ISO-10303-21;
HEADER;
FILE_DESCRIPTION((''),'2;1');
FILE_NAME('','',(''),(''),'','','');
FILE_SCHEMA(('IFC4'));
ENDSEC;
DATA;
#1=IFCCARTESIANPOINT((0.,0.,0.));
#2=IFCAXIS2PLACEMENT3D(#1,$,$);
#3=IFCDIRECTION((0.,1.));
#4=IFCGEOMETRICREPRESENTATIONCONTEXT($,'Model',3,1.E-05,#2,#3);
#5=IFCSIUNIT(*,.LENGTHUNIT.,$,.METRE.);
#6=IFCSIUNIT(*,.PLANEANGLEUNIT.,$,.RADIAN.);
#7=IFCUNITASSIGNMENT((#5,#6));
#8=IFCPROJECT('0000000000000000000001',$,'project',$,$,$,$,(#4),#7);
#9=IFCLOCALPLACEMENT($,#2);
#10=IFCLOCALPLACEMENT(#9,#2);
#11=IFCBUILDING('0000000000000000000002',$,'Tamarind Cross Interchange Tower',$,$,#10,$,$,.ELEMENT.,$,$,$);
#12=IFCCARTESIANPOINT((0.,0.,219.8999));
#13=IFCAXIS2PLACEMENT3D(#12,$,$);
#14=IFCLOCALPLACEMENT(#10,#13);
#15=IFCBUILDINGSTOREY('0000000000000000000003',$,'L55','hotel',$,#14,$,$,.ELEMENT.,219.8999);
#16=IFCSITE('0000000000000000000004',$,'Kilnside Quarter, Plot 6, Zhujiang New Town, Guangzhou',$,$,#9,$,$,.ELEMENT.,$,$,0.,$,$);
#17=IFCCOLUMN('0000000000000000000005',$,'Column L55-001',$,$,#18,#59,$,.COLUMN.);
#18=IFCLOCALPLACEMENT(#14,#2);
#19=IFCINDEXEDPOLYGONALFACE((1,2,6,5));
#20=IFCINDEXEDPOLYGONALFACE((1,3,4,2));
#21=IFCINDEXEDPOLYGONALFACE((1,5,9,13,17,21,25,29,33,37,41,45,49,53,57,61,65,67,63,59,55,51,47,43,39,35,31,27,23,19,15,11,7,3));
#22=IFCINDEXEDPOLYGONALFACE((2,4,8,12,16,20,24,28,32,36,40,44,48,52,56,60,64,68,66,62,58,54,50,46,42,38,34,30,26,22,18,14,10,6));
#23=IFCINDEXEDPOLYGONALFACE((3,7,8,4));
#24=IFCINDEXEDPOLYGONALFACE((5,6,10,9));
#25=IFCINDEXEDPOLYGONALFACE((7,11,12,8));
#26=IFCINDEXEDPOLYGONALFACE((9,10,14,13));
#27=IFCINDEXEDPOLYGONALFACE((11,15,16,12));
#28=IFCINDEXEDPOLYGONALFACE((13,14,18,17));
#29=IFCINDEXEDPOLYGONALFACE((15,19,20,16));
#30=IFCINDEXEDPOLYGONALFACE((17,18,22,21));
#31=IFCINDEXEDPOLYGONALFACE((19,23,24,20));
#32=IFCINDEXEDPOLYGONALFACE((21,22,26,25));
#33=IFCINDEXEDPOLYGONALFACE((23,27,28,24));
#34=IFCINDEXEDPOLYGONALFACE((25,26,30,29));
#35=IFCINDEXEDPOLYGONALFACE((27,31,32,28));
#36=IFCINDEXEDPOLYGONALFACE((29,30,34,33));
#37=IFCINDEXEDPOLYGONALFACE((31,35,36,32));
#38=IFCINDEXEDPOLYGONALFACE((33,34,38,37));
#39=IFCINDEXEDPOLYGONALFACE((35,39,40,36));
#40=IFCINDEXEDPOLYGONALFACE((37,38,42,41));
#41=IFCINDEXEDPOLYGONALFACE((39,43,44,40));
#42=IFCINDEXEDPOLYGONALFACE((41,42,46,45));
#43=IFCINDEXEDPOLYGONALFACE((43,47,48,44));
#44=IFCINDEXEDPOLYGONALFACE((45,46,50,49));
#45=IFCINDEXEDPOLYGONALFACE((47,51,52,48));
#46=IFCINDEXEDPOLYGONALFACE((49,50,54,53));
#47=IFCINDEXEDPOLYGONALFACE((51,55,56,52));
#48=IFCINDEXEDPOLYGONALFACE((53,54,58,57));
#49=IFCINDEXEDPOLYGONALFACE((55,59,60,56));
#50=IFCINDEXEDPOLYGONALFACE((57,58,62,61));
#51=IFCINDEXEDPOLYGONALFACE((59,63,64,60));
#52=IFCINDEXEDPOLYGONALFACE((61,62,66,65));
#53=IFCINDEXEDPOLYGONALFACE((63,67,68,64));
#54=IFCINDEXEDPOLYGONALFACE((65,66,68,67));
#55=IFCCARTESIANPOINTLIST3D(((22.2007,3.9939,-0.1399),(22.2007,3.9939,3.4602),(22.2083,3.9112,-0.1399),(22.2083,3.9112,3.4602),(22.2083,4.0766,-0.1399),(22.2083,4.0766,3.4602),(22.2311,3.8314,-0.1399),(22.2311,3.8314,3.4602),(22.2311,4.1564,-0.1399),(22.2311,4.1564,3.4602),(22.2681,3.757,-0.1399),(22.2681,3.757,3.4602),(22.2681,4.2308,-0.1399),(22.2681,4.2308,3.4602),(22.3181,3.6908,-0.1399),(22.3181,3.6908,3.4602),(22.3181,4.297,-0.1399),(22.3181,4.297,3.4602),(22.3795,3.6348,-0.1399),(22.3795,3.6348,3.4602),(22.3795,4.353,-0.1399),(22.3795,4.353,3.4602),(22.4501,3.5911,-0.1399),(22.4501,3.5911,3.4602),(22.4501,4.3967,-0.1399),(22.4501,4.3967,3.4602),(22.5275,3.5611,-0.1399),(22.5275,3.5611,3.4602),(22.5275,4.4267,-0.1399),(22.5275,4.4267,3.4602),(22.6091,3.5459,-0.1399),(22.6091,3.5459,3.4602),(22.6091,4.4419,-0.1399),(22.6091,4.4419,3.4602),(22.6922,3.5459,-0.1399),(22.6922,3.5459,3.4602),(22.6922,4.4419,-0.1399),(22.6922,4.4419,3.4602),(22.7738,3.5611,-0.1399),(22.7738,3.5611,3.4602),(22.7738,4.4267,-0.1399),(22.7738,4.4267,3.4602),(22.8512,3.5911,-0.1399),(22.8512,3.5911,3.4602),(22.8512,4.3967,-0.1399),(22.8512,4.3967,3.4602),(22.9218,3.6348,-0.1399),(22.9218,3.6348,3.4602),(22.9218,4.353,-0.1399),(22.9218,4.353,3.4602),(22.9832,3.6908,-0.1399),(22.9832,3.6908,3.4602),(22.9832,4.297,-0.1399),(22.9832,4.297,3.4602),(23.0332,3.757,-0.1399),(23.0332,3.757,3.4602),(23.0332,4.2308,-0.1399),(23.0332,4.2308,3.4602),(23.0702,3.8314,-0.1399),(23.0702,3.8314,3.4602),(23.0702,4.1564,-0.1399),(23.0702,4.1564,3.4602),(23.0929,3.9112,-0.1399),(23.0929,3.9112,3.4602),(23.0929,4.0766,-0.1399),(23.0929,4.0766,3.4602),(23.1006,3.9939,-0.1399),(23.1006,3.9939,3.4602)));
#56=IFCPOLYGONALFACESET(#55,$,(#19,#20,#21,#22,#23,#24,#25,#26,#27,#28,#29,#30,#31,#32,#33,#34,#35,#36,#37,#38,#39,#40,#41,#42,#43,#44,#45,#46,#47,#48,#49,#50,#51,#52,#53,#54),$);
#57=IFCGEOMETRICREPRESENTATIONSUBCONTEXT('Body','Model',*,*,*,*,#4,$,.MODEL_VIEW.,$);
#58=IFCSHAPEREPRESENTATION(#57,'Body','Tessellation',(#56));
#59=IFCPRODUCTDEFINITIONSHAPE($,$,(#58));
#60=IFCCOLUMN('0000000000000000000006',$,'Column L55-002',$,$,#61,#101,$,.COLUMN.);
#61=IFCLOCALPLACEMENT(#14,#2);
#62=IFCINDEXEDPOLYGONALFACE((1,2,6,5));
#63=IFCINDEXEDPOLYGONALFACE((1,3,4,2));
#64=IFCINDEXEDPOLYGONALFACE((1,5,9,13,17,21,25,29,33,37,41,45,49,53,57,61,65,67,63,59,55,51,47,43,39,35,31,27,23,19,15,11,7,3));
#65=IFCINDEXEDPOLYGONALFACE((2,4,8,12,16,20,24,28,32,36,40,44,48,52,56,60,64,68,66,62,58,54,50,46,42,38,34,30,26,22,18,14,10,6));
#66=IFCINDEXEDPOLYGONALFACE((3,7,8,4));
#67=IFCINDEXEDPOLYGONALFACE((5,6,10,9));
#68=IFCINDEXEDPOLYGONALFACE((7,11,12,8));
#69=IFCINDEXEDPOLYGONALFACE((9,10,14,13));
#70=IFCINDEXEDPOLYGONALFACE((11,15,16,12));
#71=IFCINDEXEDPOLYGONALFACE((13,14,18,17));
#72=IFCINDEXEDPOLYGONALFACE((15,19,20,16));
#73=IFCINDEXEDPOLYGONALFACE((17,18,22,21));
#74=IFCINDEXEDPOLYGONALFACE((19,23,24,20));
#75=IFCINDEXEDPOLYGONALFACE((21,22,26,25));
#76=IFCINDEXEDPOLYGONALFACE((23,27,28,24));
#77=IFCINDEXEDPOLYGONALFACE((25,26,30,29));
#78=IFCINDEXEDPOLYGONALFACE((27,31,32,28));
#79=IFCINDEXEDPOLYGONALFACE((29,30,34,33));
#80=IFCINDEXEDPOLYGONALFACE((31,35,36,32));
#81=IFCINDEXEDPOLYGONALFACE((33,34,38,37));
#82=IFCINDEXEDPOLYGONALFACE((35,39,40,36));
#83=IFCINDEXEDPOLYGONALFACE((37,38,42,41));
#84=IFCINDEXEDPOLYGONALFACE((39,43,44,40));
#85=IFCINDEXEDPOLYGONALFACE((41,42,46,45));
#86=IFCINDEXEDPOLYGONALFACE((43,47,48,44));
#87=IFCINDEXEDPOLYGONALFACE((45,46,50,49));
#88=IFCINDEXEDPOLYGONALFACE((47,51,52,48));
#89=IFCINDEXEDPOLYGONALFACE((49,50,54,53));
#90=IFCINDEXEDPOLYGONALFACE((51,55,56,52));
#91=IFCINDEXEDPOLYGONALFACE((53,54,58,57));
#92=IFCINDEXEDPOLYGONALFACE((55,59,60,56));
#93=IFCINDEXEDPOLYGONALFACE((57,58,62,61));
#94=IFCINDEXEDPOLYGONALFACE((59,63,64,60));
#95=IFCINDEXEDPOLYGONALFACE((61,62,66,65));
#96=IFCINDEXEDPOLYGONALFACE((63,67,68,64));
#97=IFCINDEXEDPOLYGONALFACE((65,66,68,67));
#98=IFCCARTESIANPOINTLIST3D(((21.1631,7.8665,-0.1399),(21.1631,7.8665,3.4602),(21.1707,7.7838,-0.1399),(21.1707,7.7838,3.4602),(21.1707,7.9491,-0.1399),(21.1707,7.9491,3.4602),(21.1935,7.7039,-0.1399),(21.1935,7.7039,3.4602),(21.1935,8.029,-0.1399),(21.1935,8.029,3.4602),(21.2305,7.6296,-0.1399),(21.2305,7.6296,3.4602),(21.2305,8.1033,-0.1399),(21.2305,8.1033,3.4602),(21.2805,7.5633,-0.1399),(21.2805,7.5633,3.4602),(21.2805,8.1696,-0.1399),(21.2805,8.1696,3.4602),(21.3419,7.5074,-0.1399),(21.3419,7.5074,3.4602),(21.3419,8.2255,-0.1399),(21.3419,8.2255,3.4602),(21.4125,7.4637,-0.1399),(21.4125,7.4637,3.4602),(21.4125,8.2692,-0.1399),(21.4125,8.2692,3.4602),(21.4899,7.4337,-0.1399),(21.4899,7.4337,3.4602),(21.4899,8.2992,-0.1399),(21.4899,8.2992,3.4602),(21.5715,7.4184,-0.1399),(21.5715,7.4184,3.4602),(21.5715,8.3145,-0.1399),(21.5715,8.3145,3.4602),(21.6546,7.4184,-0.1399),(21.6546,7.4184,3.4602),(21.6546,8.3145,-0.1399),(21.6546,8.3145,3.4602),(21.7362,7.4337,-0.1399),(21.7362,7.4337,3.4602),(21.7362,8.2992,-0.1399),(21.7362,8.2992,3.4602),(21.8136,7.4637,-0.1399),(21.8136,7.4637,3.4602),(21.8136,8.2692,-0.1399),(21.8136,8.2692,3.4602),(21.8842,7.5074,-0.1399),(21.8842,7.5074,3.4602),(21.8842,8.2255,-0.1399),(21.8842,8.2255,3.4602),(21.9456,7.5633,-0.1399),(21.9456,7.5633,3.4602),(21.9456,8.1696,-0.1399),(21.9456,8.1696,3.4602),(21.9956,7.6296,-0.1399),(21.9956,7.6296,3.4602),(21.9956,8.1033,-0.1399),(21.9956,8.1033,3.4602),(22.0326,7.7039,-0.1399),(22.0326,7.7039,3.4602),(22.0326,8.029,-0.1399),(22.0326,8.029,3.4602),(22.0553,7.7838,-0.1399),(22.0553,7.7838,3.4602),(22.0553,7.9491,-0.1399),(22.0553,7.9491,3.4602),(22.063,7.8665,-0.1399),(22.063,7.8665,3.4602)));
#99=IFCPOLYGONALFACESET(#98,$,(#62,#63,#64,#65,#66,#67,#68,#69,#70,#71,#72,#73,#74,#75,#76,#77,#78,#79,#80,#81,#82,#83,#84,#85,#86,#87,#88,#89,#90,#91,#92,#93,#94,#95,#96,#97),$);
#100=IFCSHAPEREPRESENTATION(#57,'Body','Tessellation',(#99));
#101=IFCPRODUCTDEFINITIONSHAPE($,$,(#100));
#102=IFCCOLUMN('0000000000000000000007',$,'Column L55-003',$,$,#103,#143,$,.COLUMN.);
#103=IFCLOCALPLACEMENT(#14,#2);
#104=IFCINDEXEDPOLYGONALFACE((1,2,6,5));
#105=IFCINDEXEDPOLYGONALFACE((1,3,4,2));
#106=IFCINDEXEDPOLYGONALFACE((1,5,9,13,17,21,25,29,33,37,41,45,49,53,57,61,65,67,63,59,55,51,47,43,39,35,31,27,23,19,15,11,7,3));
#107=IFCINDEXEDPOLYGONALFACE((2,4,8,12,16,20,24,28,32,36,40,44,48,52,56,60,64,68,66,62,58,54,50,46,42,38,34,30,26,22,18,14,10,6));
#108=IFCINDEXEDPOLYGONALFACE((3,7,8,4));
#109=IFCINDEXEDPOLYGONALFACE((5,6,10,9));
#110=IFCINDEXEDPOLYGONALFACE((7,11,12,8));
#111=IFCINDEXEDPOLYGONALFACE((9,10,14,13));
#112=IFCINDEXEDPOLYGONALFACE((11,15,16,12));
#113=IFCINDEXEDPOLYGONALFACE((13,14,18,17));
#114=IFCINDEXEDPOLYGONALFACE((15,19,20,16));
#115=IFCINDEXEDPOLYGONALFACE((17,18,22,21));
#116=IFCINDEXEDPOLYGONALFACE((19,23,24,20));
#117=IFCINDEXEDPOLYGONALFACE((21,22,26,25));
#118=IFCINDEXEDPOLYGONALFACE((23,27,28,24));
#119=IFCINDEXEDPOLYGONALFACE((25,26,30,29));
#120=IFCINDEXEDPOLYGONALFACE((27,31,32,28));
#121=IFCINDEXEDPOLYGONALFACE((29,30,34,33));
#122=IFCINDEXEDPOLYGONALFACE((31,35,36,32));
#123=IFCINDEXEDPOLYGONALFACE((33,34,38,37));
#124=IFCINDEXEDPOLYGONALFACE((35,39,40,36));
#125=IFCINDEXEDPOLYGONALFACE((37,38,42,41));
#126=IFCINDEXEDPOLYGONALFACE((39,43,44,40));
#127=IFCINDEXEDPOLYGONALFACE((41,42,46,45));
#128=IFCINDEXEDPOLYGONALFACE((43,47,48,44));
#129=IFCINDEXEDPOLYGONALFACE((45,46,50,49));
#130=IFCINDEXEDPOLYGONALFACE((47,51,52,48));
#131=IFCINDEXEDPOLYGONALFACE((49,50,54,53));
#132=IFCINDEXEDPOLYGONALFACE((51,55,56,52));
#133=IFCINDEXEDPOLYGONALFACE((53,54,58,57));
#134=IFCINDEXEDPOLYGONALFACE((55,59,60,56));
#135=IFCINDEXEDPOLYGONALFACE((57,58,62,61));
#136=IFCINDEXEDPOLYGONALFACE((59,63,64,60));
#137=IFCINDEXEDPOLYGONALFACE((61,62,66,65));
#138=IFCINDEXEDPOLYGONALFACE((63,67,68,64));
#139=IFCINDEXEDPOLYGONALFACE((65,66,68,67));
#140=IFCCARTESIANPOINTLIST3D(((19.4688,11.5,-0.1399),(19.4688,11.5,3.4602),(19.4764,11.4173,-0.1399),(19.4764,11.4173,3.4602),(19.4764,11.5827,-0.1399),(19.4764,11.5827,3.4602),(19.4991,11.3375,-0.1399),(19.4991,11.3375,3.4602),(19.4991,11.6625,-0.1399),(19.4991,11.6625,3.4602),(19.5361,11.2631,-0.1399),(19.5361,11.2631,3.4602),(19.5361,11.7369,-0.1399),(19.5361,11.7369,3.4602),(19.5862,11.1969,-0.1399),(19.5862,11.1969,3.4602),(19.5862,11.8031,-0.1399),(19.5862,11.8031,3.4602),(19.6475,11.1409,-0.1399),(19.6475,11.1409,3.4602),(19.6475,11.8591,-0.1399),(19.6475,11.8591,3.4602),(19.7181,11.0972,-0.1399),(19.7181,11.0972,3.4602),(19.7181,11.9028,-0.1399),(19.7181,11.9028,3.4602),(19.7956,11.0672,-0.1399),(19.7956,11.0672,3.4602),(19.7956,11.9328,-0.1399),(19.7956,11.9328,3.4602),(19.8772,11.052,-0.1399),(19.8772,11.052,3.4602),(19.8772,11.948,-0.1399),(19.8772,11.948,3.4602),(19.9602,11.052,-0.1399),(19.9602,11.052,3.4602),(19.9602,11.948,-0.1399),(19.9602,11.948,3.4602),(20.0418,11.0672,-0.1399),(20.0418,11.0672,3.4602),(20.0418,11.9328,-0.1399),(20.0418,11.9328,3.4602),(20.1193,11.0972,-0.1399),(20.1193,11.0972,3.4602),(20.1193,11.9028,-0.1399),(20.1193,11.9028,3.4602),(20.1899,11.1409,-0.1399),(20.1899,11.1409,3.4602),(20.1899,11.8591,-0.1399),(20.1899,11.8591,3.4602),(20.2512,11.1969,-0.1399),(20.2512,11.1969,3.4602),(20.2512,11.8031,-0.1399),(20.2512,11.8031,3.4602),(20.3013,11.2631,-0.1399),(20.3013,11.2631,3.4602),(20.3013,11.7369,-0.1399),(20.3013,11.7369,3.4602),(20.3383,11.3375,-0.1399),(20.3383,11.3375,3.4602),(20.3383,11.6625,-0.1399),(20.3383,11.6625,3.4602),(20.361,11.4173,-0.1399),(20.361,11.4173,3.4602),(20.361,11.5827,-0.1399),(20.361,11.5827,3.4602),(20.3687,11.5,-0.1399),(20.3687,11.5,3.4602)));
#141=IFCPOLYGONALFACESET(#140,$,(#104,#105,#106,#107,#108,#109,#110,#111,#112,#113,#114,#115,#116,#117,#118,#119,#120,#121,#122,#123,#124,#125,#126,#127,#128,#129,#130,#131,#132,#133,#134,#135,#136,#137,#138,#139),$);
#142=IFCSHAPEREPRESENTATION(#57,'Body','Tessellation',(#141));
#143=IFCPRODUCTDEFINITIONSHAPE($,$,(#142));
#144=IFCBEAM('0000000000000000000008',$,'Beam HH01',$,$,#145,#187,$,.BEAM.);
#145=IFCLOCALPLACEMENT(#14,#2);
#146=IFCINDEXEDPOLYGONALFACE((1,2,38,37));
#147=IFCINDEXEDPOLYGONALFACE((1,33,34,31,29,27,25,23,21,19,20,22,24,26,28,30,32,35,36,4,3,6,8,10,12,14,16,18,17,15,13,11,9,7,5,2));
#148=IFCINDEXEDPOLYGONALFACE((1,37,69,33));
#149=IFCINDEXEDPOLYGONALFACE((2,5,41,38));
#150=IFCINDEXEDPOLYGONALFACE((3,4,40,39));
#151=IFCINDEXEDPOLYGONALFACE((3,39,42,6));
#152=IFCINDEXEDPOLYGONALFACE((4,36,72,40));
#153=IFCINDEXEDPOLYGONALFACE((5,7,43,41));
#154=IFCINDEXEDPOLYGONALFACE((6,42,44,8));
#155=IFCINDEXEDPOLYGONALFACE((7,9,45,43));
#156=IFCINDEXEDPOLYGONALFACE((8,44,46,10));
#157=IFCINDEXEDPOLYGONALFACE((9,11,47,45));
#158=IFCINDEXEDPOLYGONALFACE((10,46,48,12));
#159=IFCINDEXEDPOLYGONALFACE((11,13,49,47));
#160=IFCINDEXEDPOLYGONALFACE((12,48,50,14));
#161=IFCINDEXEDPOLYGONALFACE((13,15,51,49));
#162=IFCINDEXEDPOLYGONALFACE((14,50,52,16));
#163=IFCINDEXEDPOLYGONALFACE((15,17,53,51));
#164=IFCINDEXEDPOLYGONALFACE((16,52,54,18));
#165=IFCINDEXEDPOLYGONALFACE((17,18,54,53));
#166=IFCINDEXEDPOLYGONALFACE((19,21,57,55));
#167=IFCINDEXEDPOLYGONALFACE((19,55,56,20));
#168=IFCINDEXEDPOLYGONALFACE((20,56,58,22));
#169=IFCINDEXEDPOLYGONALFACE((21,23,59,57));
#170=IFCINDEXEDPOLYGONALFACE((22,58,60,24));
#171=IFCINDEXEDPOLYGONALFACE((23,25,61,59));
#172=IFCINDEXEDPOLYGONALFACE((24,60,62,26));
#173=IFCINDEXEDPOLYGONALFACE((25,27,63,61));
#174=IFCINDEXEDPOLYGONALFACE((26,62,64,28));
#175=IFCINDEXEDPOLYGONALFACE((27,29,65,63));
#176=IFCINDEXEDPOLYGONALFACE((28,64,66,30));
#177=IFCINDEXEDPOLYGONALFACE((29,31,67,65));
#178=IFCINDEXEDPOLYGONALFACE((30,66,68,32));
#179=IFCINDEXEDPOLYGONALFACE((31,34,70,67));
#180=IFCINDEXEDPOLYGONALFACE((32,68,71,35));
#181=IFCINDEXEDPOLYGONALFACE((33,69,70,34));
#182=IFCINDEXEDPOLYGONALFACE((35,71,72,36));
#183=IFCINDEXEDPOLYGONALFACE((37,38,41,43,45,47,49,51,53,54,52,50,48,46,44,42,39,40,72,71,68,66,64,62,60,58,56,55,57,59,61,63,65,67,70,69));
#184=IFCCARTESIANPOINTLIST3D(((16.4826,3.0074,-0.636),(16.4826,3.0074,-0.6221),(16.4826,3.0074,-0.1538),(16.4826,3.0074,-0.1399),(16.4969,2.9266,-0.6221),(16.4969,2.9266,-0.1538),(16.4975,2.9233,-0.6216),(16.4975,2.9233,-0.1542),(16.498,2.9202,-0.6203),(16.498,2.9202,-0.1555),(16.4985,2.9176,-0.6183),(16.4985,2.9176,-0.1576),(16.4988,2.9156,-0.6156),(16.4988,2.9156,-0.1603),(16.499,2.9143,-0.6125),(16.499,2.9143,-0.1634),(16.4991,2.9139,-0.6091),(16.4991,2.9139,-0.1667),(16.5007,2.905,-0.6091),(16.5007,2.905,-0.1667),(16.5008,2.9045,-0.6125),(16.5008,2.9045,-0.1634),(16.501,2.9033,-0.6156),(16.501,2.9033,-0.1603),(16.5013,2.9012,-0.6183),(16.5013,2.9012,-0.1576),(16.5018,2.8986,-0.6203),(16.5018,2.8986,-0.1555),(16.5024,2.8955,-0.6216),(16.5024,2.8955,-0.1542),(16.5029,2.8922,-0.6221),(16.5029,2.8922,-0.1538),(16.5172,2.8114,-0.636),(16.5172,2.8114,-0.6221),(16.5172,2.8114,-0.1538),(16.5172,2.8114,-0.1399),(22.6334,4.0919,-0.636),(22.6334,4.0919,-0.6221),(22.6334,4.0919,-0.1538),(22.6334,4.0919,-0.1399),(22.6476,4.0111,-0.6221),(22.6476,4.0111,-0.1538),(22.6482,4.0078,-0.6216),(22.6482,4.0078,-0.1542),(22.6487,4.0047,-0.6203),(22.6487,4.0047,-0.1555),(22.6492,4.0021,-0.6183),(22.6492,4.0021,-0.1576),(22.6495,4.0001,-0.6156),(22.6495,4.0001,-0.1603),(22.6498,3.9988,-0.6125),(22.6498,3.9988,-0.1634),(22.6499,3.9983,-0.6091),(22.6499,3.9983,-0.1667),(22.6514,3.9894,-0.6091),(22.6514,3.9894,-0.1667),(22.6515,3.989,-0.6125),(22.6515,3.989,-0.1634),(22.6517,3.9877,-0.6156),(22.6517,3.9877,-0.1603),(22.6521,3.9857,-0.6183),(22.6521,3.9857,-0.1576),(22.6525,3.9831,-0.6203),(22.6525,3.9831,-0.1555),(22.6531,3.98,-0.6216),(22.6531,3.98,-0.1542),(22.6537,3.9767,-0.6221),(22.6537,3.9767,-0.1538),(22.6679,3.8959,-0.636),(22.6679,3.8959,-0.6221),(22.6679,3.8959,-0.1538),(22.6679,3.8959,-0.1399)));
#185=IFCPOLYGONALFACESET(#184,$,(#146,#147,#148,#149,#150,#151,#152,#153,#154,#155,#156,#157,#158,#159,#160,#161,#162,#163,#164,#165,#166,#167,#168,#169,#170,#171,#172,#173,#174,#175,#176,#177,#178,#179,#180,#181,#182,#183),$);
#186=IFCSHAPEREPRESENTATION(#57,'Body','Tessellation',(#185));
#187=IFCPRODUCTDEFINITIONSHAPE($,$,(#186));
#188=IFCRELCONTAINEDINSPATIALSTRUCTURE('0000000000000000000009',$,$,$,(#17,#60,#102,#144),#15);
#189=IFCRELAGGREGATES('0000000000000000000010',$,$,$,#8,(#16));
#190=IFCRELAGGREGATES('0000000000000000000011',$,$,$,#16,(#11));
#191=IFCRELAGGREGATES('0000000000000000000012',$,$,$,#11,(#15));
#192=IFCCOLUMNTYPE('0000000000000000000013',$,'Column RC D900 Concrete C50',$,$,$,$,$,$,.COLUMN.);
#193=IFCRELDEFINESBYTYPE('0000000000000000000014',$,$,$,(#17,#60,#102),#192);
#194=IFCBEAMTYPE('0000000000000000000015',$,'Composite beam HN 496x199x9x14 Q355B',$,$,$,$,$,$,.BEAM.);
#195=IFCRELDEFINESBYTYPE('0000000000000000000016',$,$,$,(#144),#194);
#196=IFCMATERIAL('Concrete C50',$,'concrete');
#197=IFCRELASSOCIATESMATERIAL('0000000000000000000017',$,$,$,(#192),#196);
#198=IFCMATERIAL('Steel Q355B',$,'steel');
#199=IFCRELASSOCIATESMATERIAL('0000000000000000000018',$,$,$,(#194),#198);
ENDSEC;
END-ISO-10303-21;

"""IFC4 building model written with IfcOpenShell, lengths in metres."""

from ifc_helpers import new_model, si_unit, direction, frame, origin, origin_2d, place, context, subcontext, project, spatial, circle, i_section, extrude, material, material_profile, profile_set, type_object, element, save


model = new_model("IFC4")

# Units and contexts
model_context = context("Model", 3, precision=1e-05, world=origin(), true_north=direction((0.0, 1.0)))
body_context = subcontext(model_context, "Body", "Model", "MODEL_VIEW")
ifc_project = project(units=[si_unit("LENGTHUNIT", "METRE"), si_unit("PLANEANGLEUNIT", "RADIAN")], contexts=[model_context])

# Site, building, storey
site_placement = place(None, origin())
site = spatial("IfcSite", under=ifc_project, at=site_placement, Name="Kilnside Quarter, Plot 6, Zhujiang New Town, Guangzhou", CompositionType="ELEMENT", RefElevation=0.0)
building_placement = place(site_placement, origin())
building = spatial("IfcBuilding", under=site, at=building_placement, Name="Tamarind Cross Interchange Tower", CompositionType="ELEMENT")
storey_placement = place(building_placement, frame((0.0, 0.0, 219.8999)))
storey = spatial("IfcBuildingStorey", under=building, at=storey_placement, Name="L55", Description="hotel", CompositionType="ELEMENT", Elevation=219.8999)

# Columns
ifc_material_1 = material(Name="Concrete C50", Category="concrete")
ifc_material_profile_1 = material_profile(ifc_material_1, circle(Radius=0.45, at=origin_2d()), Name="RC D900")
ifc_profile_set_1 = profile_set([ifc_material_profile_1], Name="Concrete C50")
column_type = type_object("IfcColumnType", Name="Column RC D900 Concrete C50", PredefinedType="COLUMN", material=ifc_profile_set_1)
for number, where, z_axis, x_axis, name in (
    (1, (22.6506, 3.9939, -0.1399), (0.0, 0.0, 1.0), (1.0, 0.0, 0.0), "Column L55-001"),
    (2, (21.613, 7.8665, -0.1399), (0.0, 0.0, 1.0), (1.0, 0.0, 0.0), "Column L55-002"),
    (3, (19.9187, 11.5, -0.1399), (0.0, 0.0, 1.0), (1.0, 0.0, 0.0), "Column L55-003"),
):
    element("IfcColumn", number, at=place(storey_placement, frame(where, z_axis=z_axis, x_axis=x_axis)), inside=storey, type_object=column_type, Name=name, PredefinedType="COLUMN", context=body_context, shape_type="SweptSolid", body=[
        extrude(circle(Radius=0.45, at=origin_2d()), origin(), (0.0, 0.0, 1.0), 3.6001),
    ])

# Beam
ifc_material_2 = material(Name="Steel Q355B", Category="steel")
ifc_material_profile_2 = material_profile(ifc_material_2, i_section(OverallWidth=0.199, OverallDepth=0.4961, WebThickness=0.009, FlangeThickness=0.0139, FilletRadius=0.0129, at=origin_2d()), Name="HN 496x199x9x14")
ifc_profile_set_2 = profile_set([ifc_material_profile_2], Name="Steel Q355B")
beam_type = type_object("IfcBeamType", Name="Composite beam HN 496x199x9x14 Q355B", PredefinedType="BEAM", material=ifc_profile_set_2)
beam_1_placement = place(storey_placement, frame((22.6506, 3.9939, -0.3879), z_axis=(-0.984809, -0.17364, 0.0), x_axis=(0.17364, -0.984809, 0.0)))
element("IfcBeam", 4, at=beam_1_placement, inside=storey, type_object=beam_type, Name="Beam HH01", PredefinedType="BEAM", context=body_context, shape_type="SweptSolid", body=[
    extrude(i_section(OverallWidth=0.199, OverallDepth=0.4961, WebThickness=0.009, FlangeThickness=0.0139, FilletRadius=0.0129, at=origin_2d()), origin(), (0.0, 0.0, 1.0), 6.2456),
])

save(model, "model.ifc")
